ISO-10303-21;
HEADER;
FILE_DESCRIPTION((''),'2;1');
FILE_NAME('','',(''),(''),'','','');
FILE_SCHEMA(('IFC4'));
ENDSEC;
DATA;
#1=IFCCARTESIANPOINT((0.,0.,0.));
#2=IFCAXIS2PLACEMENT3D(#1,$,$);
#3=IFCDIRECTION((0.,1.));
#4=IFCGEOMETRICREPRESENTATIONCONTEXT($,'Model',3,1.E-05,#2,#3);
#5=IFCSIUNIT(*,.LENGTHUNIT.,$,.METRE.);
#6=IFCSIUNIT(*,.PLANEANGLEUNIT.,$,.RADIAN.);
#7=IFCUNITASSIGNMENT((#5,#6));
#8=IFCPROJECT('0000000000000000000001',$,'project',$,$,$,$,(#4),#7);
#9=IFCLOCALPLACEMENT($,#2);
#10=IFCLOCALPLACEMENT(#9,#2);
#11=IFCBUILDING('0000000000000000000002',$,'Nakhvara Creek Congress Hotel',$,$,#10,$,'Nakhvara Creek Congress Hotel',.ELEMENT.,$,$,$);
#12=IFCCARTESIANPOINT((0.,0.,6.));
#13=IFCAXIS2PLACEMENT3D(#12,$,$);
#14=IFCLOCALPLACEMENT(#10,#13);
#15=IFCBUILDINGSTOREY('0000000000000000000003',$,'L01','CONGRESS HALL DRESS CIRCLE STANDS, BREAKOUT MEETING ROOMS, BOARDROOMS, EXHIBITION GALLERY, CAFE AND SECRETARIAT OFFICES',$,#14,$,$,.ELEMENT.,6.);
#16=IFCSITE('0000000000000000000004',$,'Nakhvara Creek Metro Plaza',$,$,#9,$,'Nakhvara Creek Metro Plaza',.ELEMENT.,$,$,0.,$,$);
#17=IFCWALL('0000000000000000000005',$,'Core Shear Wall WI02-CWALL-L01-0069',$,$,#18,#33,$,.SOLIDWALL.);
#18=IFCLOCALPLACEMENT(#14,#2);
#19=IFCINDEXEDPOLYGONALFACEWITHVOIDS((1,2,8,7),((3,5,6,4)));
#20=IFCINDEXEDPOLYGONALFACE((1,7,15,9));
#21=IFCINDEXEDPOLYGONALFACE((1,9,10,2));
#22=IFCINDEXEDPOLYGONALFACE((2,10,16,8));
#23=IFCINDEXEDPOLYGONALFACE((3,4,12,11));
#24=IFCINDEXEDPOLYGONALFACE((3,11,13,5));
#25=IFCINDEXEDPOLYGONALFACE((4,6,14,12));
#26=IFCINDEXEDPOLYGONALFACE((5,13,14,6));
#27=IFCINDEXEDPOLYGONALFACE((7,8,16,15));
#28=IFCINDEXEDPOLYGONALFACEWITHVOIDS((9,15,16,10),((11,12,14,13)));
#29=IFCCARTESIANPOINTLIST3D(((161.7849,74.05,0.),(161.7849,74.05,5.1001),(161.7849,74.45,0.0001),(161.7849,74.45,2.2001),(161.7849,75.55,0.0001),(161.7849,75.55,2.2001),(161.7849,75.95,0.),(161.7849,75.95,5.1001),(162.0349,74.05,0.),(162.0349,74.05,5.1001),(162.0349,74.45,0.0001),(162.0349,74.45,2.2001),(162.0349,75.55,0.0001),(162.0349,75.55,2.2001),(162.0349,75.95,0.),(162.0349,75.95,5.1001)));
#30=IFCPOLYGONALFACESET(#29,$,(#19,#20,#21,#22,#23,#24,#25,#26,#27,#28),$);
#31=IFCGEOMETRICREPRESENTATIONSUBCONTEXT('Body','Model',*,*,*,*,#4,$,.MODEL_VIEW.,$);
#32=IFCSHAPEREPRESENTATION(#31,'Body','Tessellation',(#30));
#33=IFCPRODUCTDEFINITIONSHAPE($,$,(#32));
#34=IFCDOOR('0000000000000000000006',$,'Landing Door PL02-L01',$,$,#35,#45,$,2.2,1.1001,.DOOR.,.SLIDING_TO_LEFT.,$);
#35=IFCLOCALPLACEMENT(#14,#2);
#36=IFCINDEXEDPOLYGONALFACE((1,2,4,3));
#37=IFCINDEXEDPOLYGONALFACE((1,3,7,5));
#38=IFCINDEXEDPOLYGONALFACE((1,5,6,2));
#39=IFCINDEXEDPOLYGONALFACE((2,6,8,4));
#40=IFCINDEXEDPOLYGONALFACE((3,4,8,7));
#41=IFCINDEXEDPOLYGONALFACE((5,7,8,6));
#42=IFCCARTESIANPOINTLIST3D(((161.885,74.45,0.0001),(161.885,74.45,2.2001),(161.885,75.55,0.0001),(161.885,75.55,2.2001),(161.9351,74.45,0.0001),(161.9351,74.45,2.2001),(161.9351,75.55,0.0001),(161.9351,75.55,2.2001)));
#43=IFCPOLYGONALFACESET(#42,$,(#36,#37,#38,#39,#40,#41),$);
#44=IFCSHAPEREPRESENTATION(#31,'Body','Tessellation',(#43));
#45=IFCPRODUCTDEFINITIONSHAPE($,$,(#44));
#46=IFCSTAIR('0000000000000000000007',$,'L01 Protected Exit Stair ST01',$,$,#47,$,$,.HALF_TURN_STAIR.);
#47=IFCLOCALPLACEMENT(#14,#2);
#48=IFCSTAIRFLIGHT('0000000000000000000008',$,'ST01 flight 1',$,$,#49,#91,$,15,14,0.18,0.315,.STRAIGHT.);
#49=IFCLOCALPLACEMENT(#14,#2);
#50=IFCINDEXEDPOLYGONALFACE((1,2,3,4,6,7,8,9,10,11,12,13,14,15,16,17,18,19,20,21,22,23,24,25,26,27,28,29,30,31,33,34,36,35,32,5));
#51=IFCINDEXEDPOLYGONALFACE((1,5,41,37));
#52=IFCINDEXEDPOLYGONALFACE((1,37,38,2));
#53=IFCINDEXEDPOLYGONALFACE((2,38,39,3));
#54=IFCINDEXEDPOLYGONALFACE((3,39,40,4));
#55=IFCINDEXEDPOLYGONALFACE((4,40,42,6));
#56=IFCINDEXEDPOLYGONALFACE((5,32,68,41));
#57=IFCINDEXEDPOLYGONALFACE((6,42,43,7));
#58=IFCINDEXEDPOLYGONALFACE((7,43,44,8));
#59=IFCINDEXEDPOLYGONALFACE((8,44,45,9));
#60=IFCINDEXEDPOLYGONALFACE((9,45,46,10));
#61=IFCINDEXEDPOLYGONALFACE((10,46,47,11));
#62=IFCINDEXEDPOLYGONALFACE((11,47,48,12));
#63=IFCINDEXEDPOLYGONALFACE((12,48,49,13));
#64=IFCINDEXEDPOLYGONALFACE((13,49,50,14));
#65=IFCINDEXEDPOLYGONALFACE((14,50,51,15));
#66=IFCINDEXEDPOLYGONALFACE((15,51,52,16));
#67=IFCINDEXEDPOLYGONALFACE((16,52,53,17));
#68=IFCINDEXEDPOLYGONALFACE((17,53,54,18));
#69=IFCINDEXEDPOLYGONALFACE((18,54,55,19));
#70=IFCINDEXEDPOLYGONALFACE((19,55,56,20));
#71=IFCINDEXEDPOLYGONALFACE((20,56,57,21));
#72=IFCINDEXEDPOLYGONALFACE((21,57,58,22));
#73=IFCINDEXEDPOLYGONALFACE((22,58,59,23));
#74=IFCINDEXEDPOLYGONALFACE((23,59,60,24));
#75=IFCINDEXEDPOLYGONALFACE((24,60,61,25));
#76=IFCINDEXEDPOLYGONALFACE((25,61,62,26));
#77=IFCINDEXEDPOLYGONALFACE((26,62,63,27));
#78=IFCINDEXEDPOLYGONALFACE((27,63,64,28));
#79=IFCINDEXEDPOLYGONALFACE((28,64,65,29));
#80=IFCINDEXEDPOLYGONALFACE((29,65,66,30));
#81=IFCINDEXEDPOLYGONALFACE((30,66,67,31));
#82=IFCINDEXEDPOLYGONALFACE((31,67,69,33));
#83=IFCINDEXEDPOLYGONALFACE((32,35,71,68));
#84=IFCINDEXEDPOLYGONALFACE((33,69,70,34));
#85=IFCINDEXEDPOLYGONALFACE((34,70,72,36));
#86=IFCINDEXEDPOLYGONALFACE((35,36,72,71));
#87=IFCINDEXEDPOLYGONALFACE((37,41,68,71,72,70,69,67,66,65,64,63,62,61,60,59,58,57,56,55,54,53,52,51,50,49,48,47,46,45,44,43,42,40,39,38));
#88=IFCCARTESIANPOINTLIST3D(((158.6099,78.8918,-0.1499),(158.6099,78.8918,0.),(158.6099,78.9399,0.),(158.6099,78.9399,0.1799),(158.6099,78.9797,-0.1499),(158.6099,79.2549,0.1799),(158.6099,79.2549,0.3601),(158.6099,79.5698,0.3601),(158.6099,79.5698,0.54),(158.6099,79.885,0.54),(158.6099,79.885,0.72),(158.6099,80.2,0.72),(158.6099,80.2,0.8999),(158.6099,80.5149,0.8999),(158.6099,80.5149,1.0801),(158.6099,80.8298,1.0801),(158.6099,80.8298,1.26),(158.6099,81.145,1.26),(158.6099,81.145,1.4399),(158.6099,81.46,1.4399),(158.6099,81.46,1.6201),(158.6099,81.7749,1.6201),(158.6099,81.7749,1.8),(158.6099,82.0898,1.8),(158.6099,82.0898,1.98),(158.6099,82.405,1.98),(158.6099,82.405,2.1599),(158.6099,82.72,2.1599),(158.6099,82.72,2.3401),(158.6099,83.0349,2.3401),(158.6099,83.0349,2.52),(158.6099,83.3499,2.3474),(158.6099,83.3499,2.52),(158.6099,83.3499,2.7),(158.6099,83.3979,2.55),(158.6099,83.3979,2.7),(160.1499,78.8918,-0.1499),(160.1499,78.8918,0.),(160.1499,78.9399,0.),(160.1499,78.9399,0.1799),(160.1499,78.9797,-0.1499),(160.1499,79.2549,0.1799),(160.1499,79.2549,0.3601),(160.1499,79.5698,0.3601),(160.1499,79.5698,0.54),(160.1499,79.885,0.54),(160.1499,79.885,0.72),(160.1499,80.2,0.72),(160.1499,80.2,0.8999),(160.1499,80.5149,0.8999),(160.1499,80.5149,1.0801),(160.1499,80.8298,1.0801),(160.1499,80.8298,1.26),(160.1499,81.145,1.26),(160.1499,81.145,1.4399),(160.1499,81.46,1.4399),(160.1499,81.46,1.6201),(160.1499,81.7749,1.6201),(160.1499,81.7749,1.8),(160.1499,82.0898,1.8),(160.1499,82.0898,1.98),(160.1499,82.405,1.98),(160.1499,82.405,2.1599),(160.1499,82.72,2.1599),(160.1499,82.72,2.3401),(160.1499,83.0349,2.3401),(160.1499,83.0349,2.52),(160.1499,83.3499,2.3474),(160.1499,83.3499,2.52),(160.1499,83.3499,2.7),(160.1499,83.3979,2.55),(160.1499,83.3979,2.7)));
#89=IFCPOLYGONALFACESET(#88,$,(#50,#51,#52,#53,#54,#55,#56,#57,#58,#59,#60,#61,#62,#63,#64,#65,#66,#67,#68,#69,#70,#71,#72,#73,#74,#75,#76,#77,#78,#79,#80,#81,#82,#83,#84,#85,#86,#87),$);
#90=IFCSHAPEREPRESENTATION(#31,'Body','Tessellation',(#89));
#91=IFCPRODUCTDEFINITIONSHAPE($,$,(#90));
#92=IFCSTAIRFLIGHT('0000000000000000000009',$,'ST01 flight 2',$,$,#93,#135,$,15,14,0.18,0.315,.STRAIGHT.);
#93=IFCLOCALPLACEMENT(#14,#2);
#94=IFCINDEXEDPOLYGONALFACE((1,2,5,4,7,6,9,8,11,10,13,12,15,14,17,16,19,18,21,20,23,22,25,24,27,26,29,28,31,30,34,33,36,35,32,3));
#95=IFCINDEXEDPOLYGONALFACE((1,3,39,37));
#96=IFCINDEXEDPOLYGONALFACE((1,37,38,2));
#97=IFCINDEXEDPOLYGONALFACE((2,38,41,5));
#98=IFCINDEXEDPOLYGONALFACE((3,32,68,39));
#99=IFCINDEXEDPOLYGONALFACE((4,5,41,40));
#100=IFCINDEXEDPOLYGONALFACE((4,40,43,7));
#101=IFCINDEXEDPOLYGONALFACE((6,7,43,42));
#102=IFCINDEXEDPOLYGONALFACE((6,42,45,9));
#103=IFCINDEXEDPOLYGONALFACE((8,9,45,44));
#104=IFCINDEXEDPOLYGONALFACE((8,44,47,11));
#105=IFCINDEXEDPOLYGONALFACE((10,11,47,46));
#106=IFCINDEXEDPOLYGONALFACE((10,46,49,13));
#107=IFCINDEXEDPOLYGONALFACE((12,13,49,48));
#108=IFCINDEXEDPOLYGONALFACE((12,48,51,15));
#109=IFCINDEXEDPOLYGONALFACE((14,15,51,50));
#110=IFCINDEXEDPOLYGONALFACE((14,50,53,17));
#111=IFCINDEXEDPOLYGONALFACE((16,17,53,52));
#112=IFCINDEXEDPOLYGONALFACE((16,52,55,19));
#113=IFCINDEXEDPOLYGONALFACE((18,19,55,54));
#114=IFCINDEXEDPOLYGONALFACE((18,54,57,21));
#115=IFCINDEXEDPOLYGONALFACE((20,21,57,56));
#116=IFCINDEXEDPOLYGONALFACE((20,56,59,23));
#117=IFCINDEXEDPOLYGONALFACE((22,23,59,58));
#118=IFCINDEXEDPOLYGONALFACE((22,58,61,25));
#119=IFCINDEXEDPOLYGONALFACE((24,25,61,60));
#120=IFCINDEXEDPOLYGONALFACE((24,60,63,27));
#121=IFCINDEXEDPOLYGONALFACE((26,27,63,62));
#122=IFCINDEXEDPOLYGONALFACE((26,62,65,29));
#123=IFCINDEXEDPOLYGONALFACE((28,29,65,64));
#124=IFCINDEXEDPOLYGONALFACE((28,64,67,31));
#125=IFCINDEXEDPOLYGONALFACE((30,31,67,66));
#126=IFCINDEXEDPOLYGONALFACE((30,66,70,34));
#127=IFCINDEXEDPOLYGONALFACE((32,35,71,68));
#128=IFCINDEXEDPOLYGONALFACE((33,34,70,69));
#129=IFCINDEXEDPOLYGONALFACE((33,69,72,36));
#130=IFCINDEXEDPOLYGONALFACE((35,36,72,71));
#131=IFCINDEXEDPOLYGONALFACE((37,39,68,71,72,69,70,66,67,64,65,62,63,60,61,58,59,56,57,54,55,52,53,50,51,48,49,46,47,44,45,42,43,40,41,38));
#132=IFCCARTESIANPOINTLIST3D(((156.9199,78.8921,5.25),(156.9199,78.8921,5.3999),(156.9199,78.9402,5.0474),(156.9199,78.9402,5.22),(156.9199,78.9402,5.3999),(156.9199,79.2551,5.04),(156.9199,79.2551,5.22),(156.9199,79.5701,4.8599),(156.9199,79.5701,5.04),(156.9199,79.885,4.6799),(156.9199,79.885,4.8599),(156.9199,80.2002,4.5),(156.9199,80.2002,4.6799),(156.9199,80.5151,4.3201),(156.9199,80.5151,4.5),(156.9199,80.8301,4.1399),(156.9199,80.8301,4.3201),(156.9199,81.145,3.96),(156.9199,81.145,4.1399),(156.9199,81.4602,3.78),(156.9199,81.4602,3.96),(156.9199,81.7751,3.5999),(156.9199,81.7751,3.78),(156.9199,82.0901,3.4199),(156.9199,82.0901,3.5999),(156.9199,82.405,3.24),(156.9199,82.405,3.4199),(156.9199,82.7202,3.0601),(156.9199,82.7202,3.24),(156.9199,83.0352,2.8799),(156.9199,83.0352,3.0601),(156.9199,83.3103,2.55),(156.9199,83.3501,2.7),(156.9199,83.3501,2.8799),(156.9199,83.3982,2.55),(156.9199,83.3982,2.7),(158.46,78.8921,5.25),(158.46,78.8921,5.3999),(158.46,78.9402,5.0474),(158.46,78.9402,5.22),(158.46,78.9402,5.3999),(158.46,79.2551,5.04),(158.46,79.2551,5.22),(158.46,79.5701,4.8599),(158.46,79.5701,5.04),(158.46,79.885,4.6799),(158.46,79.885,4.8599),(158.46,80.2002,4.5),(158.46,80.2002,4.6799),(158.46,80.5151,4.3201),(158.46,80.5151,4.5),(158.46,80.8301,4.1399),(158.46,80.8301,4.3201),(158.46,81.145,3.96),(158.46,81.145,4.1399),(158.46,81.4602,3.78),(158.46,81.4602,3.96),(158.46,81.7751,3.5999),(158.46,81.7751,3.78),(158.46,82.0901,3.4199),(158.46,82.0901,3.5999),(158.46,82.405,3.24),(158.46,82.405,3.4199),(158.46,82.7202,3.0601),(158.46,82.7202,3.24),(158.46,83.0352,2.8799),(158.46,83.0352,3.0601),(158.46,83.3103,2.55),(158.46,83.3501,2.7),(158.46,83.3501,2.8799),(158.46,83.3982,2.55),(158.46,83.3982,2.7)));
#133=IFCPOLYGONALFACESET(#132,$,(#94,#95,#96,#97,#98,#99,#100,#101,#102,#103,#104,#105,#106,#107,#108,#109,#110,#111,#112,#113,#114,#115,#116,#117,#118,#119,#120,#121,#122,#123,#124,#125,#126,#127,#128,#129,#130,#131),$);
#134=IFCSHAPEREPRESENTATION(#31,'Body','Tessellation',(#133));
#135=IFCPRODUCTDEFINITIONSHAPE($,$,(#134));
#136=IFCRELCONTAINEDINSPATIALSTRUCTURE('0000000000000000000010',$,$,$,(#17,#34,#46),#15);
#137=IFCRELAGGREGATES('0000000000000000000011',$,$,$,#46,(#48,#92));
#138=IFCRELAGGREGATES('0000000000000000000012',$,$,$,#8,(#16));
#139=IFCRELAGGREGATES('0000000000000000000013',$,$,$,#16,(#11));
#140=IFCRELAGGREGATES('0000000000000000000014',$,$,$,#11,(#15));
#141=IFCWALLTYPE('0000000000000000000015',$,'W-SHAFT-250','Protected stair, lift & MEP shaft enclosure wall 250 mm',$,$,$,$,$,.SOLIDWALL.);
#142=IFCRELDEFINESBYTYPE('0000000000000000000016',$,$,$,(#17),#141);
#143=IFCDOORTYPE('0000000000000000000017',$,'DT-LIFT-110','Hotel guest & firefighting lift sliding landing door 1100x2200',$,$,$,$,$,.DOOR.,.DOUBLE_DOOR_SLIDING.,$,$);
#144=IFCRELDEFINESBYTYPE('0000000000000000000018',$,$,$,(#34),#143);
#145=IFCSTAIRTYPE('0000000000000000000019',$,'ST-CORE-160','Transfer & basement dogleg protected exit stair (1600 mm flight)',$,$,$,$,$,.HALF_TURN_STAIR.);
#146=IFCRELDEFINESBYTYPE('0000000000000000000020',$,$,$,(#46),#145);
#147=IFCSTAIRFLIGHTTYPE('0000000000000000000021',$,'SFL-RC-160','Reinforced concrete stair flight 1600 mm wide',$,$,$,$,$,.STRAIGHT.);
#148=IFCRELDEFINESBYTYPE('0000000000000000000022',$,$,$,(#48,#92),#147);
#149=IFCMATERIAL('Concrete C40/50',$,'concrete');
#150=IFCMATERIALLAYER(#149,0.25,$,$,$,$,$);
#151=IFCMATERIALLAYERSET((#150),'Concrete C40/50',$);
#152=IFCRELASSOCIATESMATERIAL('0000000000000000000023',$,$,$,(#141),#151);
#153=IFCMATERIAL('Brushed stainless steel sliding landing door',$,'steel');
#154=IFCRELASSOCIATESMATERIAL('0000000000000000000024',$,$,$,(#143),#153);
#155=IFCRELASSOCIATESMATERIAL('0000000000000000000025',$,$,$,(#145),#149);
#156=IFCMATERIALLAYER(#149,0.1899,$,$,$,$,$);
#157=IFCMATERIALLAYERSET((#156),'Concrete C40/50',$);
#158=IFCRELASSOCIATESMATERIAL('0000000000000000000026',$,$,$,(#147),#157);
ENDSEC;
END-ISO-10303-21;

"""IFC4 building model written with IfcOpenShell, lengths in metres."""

from ifc_helpers import new_model, si_unit, direction, frame, frame_2d, origin, place, context, subcontext, project, spatial, polyline, rectangle, outline, extrude, material, layer, layer_set, type_object, element, fill, aggregate, save


model = new_model("IFC4")

# Units and contexts
model_context = context("Model", 3, precision=1e-05, world=origin(), true_north=direction((0.0, 1.0)))
body_context = subcontext(model_context, "Body", "Model", "MODEL_VIEW")
ifc_project = project(units=[si_unit("LENGTHUNIT", "METRE"), si_unit("PLANEANGLEUNIT", "RADIAN")], contexts=[model_context])

# Site, building, storey
site_placement = place(None, origin())
site = spatial("IfcSite", under=ifc_project, at=site_placement, Name="Nakhvara Creek Metro Plaza", LongName="Nakhvara Creek Metro Plaza", CompositionType="ELEMENT", RefElevation=0.0)
building_placement = place(site_placement, origin())
building = spatial("IfcBuilding", under=site, at=building_placement, Name="Nakhvara Creek Congress Hotel", LongName="Nakhvara Creek Congress Hotel", CompositionType="ELEMENT")
storey_placement = place(building_placement, frame((0.0, 0.0, 6.0)))
storey = spatial("IfcBuildingStorey", under=building, at=storey_placement, Name="L01", Description="CONGRESS HALL DRESS CIRCLE STANDS, BREAKOUT MEETING ROOMS, BOARDROOMS, EXHIBITION GALLERY, CAFE AND SECRETARIAT OFFICES", CompositionType="ELEMENT", Elevation=6.0)

# Shared definitions
ifc_material_1 = material(Name="Concrete C40/50", Category="concrete")

# Shared definitions
ifc_layer_1 = layer(ifc_material_1, 0.25)
ifc_layer_set_1 = layer_set([ifc_layer_1], Name="Concrete C40/50")
wall_type_1 = type_object("IfcWallType", Name="W-SHAFT-250", Description="Protected stair, lift & MEP shaft enclosure wall 250 mm", PredefinedType="SOLIDWALL", material=ifc_layer_set_1)

# Wall, opening, door
wall_1_placement = place(storey_placement, frame((161.9099, 74.05, 0.0), z_axis=(0.0, 0.0, 1.0), x_axis=(0.0, 1.0, 0.0)))
wall_1 = element("IfcWall", 1, at=wall_1_placement, inside=storey, type_object=wall_type_1, Name="Core Shear Wall WI02-CWALL-L01-0069", PredefinedType="SOLIDWALL", context=body_context, shape_type="SweptSolid", body=[
    extrude(rectangle(XDim=1.8999, YDim=0.25, at=frame_2d((0.95, 0.0))), origin(), (0.0, 0.0, 1.0), 5.1001),
])
opening_1_placement = place(wall_1_placement, frame((0.3999, 0.0, 0.0)))
opening_1 = element("IfcOpeningElement", 2, at=opening_1_placement, cuts=wall_1, PredefinedType="OPENING", context=body_context, shape_type="SweptSolid", body=[
    extrude(rectangle(XDim=1.1001, YDim=2.2, at=frame_2d((0.55, 1.1001))), frame((0.0, 0.137, 0.0), z_axis=(0.0, -1.0, 0.0), x_axis=(1.0, 0.0, 0.0)), (0.0, 0.0, 1.0), 0.2739),
])
ifc_material_2 = material(Name="Brushed stainless steel sliding landing door", Category="steel")
door_type_1 = type_object("IfcDoorType", Name="DT-LIFT-110", Description="Hotel guest & firefighting lift sliding landing door 1100x2200", OperationType="DOUBLE_DOOR_SLIDING", PredefinedType="DOOR", material=ifc_material_2)
door_1_placement = place(opening_1_placement, origin())
door_1 = element("IfcDoor", 3, at=door_1_placement, inside=storey, type_object=door_type_1, Name="Landing Door PL02-L01", OperationType="SLIDING_TO_LEFT", OverallHeight=2.2, OverallWidth=1.1001, PredefinedType="DOOR", context=body_context, shape_type="SweptSolid", body=[
    extrude(rectangle(XDim=1.1001, YDim=2.2, at=frame_2d((0.55, 1.1001))), frame((0.0, 0.0249, 0.0), z_axis=(0.0, -1.0, 0.0), x_axis=(1.0, 0.0, 0.0)), (0.0, 0.0, 1.0), 0.05),
])
fill(opening_1, door_1)

# Stair, stair flights
stair_type = type_object("IfcStairType", Name="ST-CORE-160", Description="Transfer & basement dogleg protected exit stair (1600 mm flight)", PredefinedType="HALF_TURN_STAIR", material=ifc_material_1)
stair_placement = place(storey_placement, origin())
stair = element("IfcStair", 4, at=stair_placement, inside=storey, type_object=stair_type, Name="L01 Protected Exit Stair ST01", PredefinedType="HALF_TURN_STAIR")
ifc_layer_2 = layer(ifc_material_1, 0.1899)
ifc_layer_set_2 = layer_set([ifc_layer_2], Name="Concrete C40/50")
stair_flight_type = type_object("IfcStairFlightType", Name="SFL-RC-160", Description="Reinforced concrete stair flight 1600 mm wide", PredefinedType="STRAIGHT", material=ifc_layer_set_2)
stair_flight_1_placement = place(storey_placement, frame((159.3799, 78.9399, 0.0), z_axis=(0.0, 0.0, 1.0), x_axis=(0.0, 1.0, 0.0)))
stair_flight_1 = element("IfcStairFlight", 5, at=stair_flight_1_placement, type_object=stair_flight_type, Name="ST01 flight 1", NumberOfRisers=15, NumberOfTreads=14, PredefinedType="STRAIGHT", RiserHeight=0.18, TreadLength=0.315, context=body_context, shape_type="SweptSolid", body=[
    extrude(outline(polyline([(-0.0481, 0.0), (0.0, 0.0), (0.0, 0.1799), (0.3149, 0.1799), (0.3149, 0.3601), (0.6299, 0.3601), (0.6299, 0.54), (0.9451, 0.54), (0.9451, 0.72), (1.26, 0.72), (1.26, 0.8999), (1.575, 0.8999), (1.575, 1.0801), (1.8899, 1.0801), (1.8899, 1.26), (2.2051, 1.26), (2.2051, 1.4399), (2.52, 1.4399), (2.52, 1.6201), (2.835, 1.6201), (2.835, 1.8), (3.1499, 1.8), (3.1499, 1.98), (3.4651, 1.98), (3.4651, 2.1599), (3.78, 2.1599), (3.78, 2.3401), (4.095, 2.3401), (4.095, 2.52), (4.4099, 2.52), (4.4099, 2.7), (4.458, 2.7), (4.458, 2.55), (4.4099, 2.3474), (0.0398, -0.1499), (-0.0481, -0.1499), (-0.0481, 0.0)])), frame((0.0, 0.77, 0.0), z_axis=(0.0, -1.0, 0.0), x_axis=(1.0, 0.0, 0.0)), (0.0, 0.0, 1.0), 1.54),
])
stair_flight_2_placement = place(storey_placement, frame((157.6899, 83.3501, 2.7), z_axis=(0.0, 0.0, 1.0), x_axis=(0.0, -1.0, 0.0)))
stair_flight_2 = element("IfcStairFlight", 6, at=stair_flight_2_placement, type_object=stair_flight_type, Name="ST01 flight 2", NumberOfRisers=15, NumberOfTreads=14, PredefinedType="STRAIGHT", RiserHeight=0.18, TreadLength=0.315, context=body_context, shape_type="SweptSolid", body=[
    extrude(outline(polyline([(-0.0481, 0.0), (0.0, 0.0), (0.0, 0.1799), (0.3149, 0.1799), (0.3149, 0.3601), (0.6299, 0.3601), (0.6299, 0.54), (0.9451, 0.54), (0.9451, 0.72), (1.26, 0.72), (1.26, 0.8999), (1.575, 0.8999), (1.575, 1.0801), (1.8899, 1.0801), (1.8899, 1.26), (2.2051, 1.26), (2.2051, 1.4399), (2.52, 1.4399), (2.52, 1.6201), (2.835, 1.6201), (2.835, 1.8), (3.1499, 1.8), (3.1499, 1.98), (3.4651, 1.98), (3.4651, 2.1599), (3.78, 2.1599), (3.78, 2.3401), (4.095, 2.3401), (4.095, 2.52), (4.4099, 2.52), (4.4099, 2.7), (4.458, 2.7), (4.458, 2.55), (4.4099, 2.3474), (0.0398, -0.1499), (-0.0481, -0.1499), (-0.0481, 0.0)])), frame((0.0, 0.77, 0.0), z_axis=(0.0, -1.0, 0.0), x_axis=(1.0, 0.0, 0.0)), (0.0, 0.0, 1.0), 1.54),
])
aggregate(stair, [stair_flight_1, stair_flight_2])

save(model, "model.ifc")
